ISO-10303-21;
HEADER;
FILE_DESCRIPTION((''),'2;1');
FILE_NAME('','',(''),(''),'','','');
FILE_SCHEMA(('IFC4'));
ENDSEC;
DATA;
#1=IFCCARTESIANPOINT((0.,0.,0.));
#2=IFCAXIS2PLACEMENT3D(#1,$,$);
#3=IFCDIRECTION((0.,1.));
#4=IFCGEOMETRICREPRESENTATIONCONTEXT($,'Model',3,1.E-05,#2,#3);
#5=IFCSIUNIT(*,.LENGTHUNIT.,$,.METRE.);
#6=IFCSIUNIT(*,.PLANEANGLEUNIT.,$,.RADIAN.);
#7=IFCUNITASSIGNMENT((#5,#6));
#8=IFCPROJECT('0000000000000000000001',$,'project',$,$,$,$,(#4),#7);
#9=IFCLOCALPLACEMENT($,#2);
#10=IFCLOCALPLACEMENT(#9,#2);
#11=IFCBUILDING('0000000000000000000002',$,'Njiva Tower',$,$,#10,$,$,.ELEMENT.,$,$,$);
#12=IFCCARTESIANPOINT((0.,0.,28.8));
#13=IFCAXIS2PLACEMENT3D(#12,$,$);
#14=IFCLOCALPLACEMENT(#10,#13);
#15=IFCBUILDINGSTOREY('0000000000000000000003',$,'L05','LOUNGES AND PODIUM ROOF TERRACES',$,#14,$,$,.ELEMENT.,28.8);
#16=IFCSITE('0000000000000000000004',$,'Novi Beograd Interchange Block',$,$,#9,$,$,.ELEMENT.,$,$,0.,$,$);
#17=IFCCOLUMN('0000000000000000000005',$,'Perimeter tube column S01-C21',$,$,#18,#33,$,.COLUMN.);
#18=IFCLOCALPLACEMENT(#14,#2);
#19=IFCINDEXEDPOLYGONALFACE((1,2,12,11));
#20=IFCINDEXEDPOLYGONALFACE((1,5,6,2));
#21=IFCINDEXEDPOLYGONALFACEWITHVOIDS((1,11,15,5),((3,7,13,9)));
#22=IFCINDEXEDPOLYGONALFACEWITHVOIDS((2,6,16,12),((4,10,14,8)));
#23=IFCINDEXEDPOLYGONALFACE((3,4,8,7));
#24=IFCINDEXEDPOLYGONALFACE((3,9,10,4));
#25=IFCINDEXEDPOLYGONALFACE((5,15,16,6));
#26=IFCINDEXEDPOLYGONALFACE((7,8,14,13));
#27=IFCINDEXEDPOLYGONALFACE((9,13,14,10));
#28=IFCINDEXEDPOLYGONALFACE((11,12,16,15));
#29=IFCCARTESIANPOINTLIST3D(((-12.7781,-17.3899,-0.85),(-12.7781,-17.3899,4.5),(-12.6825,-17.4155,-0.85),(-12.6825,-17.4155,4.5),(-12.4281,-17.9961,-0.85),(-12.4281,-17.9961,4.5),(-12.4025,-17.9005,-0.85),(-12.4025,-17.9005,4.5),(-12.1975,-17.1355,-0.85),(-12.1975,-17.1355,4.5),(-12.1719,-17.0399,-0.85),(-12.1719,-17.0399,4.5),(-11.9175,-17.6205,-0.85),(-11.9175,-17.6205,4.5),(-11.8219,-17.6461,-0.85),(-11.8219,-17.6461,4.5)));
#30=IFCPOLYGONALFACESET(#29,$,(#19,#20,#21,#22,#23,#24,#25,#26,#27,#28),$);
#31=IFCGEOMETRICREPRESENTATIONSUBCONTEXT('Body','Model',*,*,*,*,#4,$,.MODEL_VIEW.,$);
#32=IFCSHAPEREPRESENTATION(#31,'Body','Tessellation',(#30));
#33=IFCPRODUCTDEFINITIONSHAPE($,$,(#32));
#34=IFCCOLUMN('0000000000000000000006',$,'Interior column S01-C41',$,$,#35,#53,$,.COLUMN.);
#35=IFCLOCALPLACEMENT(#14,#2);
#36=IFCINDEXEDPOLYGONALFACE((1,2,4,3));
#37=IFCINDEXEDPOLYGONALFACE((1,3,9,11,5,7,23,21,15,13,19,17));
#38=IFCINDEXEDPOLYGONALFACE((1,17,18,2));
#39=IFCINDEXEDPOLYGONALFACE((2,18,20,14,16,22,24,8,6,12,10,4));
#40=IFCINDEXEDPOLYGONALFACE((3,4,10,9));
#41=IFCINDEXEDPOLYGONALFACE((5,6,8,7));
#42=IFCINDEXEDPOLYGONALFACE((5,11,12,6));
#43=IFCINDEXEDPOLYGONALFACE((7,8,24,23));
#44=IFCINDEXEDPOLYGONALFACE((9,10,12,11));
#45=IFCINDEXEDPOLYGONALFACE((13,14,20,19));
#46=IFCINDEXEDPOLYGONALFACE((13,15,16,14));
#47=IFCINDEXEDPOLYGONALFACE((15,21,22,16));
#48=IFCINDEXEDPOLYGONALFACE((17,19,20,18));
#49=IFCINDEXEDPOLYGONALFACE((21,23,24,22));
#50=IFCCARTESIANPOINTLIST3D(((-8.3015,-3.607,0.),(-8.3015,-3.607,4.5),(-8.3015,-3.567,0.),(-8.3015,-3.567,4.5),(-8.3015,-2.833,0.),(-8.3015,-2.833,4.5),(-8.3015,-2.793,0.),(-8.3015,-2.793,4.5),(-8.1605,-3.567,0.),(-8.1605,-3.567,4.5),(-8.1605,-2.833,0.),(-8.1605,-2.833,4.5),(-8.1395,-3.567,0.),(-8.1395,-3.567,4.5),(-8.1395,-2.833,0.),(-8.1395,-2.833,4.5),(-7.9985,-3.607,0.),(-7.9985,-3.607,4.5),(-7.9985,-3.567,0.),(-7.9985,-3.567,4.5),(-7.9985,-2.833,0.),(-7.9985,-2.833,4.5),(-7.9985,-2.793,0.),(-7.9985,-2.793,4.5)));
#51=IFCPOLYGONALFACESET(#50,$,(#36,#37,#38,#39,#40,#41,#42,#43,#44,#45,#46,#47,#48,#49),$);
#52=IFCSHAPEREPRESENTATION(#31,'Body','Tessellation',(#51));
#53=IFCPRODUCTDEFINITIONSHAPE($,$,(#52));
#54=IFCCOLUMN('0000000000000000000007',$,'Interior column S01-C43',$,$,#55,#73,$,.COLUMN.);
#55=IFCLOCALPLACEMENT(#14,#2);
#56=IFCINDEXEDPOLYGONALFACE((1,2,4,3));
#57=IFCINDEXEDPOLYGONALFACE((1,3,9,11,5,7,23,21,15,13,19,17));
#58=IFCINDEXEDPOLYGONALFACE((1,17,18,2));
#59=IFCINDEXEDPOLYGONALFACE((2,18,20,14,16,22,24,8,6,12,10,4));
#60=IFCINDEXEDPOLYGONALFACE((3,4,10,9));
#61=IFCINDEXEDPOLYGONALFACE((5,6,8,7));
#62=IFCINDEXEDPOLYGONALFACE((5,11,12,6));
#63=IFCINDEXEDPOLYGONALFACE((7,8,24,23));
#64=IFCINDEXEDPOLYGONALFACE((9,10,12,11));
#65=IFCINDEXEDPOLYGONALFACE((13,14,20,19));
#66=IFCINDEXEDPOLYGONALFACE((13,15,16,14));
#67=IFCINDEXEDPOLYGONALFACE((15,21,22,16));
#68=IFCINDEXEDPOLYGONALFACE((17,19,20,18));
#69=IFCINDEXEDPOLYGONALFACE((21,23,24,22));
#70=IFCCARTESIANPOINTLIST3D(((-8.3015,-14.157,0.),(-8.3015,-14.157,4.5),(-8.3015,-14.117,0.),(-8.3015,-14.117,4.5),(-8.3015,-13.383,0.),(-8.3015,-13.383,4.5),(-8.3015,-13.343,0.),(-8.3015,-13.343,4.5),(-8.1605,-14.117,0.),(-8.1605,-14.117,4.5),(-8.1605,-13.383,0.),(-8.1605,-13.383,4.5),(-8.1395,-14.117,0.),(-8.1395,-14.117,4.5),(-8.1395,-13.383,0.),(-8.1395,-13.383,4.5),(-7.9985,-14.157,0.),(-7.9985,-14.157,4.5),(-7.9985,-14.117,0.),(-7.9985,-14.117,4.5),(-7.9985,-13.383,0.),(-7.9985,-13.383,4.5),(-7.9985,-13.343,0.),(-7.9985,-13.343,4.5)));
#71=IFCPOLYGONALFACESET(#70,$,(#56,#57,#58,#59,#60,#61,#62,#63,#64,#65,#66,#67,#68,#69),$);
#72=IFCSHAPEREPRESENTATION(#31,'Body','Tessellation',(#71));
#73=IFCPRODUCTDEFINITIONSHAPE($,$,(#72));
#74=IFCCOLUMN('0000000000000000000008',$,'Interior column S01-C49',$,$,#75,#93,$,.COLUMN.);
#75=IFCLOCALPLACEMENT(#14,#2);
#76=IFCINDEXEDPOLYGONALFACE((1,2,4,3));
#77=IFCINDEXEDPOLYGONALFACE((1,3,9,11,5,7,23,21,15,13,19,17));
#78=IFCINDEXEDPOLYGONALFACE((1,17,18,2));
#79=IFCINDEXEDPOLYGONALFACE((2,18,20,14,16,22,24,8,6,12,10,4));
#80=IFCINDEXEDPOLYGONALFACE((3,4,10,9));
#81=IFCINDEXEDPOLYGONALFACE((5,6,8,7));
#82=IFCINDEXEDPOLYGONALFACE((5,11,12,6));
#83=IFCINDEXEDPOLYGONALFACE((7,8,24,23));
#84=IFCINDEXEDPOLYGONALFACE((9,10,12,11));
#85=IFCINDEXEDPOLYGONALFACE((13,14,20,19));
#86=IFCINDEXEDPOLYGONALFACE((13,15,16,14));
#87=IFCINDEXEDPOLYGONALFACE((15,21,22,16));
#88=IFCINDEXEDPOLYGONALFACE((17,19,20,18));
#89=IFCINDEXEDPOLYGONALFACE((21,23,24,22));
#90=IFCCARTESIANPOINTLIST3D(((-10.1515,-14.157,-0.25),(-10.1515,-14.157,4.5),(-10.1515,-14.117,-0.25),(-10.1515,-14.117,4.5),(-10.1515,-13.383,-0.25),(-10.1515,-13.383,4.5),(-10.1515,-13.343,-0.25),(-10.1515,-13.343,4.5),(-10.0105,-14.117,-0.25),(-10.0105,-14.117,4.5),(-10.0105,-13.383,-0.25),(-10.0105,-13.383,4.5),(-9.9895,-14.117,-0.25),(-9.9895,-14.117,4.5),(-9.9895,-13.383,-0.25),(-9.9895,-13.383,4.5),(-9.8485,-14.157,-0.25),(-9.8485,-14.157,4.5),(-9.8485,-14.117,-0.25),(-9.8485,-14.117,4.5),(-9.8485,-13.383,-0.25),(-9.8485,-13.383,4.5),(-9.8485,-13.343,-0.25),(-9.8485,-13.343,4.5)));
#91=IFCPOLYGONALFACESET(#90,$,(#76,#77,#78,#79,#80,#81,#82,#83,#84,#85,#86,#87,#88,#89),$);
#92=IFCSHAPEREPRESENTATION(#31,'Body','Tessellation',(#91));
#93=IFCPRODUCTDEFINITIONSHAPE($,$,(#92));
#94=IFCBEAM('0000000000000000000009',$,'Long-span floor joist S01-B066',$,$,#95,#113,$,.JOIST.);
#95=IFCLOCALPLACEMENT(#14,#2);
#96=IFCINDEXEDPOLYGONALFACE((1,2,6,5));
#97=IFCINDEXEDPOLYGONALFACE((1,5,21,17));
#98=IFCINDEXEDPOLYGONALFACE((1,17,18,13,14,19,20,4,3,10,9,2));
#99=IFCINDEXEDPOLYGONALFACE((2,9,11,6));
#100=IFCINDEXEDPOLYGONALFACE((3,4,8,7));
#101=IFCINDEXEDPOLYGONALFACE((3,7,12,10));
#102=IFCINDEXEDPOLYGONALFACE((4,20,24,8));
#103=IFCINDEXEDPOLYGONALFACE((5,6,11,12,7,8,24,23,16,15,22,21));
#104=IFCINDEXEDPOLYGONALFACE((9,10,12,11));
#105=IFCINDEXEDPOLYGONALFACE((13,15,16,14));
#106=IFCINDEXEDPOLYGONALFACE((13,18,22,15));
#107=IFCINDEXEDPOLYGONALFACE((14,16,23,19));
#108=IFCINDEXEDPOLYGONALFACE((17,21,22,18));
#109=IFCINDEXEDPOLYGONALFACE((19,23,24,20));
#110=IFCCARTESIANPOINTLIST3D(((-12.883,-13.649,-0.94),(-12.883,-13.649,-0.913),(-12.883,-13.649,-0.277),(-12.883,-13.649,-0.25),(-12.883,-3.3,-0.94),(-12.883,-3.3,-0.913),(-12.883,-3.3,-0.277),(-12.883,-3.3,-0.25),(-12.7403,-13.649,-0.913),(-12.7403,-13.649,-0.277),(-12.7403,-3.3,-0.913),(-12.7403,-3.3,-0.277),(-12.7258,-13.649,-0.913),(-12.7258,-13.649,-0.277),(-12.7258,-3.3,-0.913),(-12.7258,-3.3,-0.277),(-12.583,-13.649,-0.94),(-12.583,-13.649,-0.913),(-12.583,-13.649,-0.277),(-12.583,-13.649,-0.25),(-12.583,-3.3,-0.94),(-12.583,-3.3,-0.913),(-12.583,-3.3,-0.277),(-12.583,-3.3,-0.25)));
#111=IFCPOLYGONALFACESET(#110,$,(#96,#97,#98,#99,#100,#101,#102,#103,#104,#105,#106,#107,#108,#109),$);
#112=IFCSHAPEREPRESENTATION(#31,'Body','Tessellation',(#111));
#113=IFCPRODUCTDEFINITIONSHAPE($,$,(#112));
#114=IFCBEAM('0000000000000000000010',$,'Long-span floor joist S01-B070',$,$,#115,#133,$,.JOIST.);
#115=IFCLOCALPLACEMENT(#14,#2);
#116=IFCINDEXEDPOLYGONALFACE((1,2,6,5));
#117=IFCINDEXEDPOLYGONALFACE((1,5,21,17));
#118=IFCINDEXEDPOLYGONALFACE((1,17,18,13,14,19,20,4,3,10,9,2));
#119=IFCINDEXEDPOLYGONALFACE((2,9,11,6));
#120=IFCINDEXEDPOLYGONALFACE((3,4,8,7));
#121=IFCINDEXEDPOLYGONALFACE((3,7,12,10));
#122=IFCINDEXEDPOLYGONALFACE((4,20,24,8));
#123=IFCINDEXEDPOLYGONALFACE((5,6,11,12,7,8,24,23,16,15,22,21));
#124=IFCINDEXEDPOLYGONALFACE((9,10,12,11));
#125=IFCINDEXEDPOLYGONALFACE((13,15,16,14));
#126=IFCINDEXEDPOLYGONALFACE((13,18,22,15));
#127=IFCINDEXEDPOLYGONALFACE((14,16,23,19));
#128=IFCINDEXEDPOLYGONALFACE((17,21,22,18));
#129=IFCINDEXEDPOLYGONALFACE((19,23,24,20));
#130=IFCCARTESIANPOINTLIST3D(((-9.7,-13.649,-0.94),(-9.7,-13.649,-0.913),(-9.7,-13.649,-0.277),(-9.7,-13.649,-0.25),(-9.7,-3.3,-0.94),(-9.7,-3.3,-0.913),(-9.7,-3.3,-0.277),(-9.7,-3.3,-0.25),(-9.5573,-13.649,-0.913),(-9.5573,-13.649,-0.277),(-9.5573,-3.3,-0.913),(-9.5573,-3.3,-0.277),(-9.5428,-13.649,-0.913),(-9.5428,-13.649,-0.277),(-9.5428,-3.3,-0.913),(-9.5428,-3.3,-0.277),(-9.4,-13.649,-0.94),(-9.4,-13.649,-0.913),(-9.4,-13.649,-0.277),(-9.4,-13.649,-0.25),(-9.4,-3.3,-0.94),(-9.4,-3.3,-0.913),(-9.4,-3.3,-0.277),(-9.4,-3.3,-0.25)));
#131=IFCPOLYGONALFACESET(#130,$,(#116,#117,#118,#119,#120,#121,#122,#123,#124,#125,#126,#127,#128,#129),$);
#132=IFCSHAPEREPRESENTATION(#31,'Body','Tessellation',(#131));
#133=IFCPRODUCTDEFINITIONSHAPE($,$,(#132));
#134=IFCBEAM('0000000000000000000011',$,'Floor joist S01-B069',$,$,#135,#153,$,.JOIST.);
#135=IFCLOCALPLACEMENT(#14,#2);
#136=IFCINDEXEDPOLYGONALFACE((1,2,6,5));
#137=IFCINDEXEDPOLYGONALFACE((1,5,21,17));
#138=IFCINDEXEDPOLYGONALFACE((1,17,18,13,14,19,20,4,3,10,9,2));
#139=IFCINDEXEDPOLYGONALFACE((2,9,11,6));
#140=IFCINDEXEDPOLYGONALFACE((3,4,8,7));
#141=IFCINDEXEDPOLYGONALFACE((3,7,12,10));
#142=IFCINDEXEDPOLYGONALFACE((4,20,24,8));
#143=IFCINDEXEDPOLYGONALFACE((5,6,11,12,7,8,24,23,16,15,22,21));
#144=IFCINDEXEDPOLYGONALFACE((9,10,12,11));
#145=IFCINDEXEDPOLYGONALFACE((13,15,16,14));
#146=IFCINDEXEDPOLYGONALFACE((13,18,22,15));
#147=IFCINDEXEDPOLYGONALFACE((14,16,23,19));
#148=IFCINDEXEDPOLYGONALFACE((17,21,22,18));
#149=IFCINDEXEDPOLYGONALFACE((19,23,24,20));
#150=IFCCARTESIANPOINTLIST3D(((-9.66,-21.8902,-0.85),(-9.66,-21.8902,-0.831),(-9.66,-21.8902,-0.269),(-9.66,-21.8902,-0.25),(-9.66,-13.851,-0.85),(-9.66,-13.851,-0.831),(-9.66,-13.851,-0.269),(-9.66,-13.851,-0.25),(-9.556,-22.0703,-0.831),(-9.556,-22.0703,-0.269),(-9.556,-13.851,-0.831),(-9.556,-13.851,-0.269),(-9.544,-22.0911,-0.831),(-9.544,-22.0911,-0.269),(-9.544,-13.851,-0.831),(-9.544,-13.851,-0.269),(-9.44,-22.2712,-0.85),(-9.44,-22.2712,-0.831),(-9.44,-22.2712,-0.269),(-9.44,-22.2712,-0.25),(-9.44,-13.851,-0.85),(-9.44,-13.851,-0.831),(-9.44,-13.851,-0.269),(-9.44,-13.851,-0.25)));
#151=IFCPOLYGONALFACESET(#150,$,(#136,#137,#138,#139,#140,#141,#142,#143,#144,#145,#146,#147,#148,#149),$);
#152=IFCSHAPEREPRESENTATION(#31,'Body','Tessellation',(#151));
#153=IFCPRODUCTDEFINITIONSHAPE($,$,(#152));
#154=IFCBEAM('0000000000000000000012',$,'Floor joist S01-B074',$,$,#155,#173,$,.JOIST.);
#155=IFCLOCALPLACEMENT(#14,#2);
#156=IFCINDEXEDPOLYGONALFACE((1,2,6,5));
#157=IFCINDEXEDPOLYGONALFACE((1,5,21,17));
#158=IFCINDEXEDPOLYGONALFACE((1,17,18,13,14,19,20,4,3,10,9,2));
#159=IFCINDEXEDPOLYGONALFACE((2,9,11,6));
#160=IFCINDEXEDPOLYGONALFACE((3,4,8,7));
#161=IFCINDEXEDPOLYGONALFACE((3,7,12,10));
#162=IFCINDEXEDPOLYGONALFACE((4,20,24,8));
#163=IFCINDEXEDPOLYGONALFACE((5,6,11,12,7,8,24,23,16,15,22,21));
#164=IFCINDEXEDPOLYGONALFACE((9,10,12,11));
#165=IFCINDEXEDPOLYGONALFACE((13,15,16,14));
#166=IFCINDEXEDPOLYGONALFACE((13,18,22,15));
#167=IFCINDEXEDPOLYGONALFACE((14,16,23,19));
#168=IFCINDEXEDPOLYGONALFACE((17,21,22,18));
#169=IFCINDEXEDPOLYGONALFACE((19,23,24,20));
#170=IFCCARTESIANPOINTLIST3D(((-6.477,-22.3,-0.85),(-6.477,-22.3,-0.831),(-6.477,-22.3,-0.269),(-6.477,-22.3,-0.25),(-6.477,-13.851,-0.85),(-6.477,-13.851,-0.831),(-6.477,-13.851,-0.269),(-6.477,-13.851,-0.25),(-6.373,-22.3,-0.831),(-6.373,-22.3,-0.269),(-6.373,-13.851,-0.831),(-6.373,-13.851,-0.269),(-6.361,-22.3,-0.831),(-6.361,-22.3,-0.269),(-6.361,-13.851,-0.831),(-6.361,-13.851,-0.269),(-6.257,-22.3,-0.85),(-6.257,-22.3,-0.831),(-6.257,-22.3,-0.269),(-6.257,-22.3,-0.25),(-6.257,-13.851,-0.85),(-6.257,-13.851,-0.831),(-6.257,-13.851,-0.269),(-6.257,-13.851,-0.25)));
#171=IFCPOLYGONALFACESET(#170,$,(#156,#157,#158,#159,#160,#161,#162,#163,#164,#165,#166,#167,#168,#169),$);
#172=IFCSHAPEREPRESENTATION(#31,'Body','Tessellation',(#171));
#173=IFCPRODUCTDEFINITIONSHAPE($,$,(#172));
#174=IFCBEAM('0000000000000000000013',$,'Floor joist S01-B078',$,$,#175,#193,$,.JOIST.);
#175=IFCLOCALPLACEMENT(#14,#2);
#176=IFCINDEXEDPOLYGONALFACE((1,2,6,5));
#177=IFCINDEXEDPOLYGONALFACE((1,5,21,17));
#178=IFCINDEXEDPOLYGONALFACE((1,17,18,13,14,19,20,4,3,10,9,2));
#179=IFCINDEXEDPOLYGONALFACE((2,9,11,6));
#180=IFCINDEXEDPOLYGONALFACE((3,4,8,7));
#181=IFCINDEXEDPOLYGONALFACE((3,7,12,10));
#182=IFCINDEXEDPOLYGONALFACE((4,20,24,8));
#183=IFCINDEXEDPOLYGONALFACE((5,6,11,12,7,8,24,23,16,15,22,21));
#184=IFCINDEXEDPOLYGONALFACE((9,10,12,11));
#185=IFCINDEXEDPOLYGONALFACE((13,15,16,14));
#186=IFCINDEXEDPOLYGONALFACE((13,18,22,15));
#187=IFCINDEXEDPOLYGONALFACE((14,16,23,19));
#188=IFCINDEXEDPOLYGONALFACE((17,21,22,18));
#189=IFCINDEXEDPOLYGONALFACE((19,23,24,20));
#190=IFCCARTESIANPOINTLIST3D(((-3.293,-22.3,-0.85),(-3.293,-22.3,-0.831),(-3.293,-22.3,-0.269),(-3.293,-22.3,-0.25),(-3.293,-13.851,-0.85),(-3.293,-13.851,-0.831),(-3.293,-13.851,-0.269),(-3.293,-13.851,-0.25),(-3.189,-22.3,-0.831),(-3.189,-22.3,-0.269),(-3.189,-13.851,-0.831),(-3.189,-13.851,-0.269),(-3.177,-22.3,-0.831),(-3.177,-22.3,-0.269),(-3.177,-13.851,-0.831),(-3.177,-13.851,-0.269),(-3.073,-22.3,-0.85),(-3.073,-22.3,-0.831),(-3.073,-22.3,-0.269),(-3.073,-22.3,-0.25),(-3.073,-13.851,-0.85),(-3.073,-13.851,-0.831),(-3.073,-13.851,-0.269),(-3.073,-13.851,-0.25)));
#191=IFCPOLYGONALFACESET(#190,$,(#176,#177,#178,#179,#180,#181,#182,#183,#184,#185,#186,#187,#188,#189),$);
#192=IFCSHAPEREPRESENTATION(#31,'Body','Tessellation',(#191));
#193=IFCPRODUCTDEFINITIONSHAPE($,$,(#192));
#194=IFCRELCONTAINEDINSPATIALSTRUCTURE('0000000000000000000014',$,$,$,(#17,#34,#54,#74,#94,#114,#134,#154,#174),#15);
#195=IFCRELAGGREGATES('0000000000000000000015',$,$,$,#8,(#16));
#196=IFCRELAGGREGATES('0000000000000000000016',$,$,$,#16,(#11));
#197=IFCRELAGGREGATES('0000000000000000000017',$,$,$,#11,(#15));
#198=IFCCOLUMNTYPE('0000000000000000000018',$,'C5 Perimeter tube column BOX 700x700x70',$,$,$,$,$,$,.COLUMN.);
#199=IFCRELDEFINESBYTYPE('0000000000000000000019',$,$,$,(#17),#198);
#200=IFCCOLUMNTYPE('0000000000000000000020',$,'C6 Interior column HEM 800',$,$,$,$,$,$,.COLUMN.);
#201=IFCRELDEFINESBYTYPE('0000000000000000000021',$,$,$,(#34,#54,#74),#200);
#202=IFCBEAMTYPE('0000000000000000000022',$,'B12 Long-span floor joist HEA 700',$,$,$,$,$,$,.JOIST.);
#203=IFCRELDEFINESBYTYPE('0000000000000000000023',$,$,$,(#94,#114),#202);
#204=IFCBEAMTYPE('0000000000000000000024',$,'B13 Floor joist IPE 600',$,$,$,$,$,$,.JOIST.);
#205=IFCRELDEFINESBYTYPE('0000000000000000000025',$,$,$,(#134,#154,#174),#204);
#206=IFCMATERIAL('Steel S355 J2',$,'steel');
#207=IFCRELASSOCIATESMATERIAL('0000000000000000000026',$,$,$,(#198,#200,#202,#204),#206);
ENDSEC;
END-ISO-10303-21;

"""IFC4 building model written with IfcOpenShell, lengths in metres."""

from ifc_helpers import new_model, si_unit, direction, frame, origin, origin_2d, place, context, subcontext, project, spatial, hollow_rectangle, i_section, extrude, clip, halfspace, material, material_profile, profile_set, type_object, element, save


model = new_model("IFC4")

# Units and contexts
model_context = context("Model", 3, precision=1e-05, world=origin(), true_north=direction((0.0, 1.0)))
body_context = subcontext(model_context, "Body", "Model", "MODEL_VIEW")
ifc_project = project(units=[si_unit("LENGTHUNIT", "METRE"), si_unit("PLANEANGLEUNIT", "RADIAN")], contexts=[model_context])

# Site, building, storey
site_placement = place(None, origin())
site = spatial("IfcSite", under=ifc_project, at=site_placement, Name="Novi Beograd Interchange Block", CompositionType="ELEMENT", RefElevation=0.0)
building_placement = place(site_placement, origin())
building = spatial("IfcBuilding", under=site, at=building_placement, Name="Njiva Tower", CompositionType="ELEMENT")
storey_placement = place(building_placement, frame((0.0, 0.0, 28.8)))
storey = spatial("IfcBuildingStorey", under=building, at=storey_placement, Name="L05", Description="LOUNGES AND PODIUM ROOF TERRACES", CompositionType="ELEMENT", Elevation=28.8)

# Columns
ifc_material_1 = material(Name="Steel S355 J2", Category="steel")
ifc_material_profile_1 = material_profile(ifc_material_1, hollow_rectangle(XDim=0.7, YDim=0.7, WallThickness=0.07, at=origin_2d()), Name="BOX 700x700x70")
ifc_profile_set_1 = profile_set([ifc_material_profile_1], Name="Steel S355 J2")
column_type_1 = type_object("IfcColumnType", Name="C5 Perimeter tube column BOX 700x700x70", PredefinedType="COLUMN", material=ifc_profile_set_1)
column_1_placement = place(storey_placement, frame((-12.3, -17.518, -0.85), z_axis=(0.0, 0.0, 1.0), x_axis=(0.5, -0.866025, 0.0)))
element("IfcColumn", 1, at=column_1_placement, inside=storey, type_object=column_type_1, Name="Perimeter tube column S01-C21", PredefinedType="COLUMN", context=body_context, shape_type="SweptSolid", body=[
    extrude(hollow_rectangle(XDim=0.7, YDim=0.7, WallThickness=0.07, at=origin_2d()), origin(), (0.0, 0.0, 1.0), 5.35),
])
ifc_material_profile_2 = material_profile(ifc_material_1, i_section(OverallWidth=0.303, OverallDepth=0.814, WebThickness=0.021, FlangeThickness=0.04, at=origin_2d()), Name="HEM 800")
ifc_profile_set_2 = profile_set([ifc_material_profile_2], Name="Steel S355 J2")
column_type_2 = type_object("IfcColumnType", Name="C6 Interior column HEM 800", PredefinedType="COLUMN", material=ifc_profile_set_2)
for number, where, z_axis, x_axis, name in (
    (2, (-8.15, -3.2, 0.0), (0.0, 0.0, 1.0), (1.0, 0.0, 0.0), "Interior column S01-C41"),
    (3, (-8.15, -13.75, 0.0), (0.0, 0.0, 1.0), (1.0, 0.0, 0.0), "Interior column S01-C43"),
):
    element("IfcColumn", number, at=place(storey_placement, frame(where, z_axis=z_axis, x_axis=x_axis)), inside=storey, type_object=column_type_2, Name=name, PredefinedType="COLUMN", context=body_context, shape_type="SweptSolid", body=[
        extrude(i_section(OverallWidth=0.303, OverallDepth=0.814, WebThickness=0.021, FlangeThickness=0.04, at=origin_2d()), origin(), (0.0, 0.0, 1.0), 4.5),
    ])
column_2_placement = place(storey_placement, frame((-10.0, -13.75, -0.25), z_axis=(0.0, 0.0, 1.0), x_axis=(1.0, 0.0, 0.0)))
element("IfcColumn", 4, at=column_2_placement, inside=storey, type_object=column_type_2, Name="Interior column S01-C49", PredefinedType="COLUMN", context=body_context, shape_type="SweptSolid", body=[
    extrude(i_section(OverallWidth=0.303, OverallDepth=0.814, WebThickness=0.021, FlangeThickness=0.04, at=origin_2d()), origin(), (0.0, 0.0, 1.0), 4.75),
])

# Beams
ifc_material_profile_3 = material_profile(ifc_material_1, i_section(OverallWidth=0.3, OverallDepth=0.69, WebThickness=0.0145, FlangeThickness=0.027, at=origin_2d()), Name="HEA 700")
ifc_profile_set_3 = profile_set([ifc_material_profile_3], Name="Steel S355 J2")
beam_type_1 = type_object("IfcBeamType", Name="B12 Long-span floor joist HEA 700", PredefinedType="JOIST", material=ifc_profile_set_3)
for number, where, z_axis, x_axis, name in (
    (5, (-12.733, -3.3, -0.595), (0.0, -1.0, 0.0), (1.0, 0.0, 0.0), "Long-span floor joist S01-B066"),
    (6, (-9.55, -3.3, -0.595), (0.0, -1.0, 0.0), (1.0, 0.0, 0.0), "Long-span floor joist S01-B070"),
):
    element("IfcBeam", number, at=place(storey_placement, frame(where, z_axis=z_axis, x_axis=x_axis)), inside=storey, type_object=beam_type_1, Name=name, PredefinedType="JOIST", context=body_context, shape_type="SweptSolid", body=[
        extrude(i_section(OverallWidth=0.3, OverallDepth=0.69, WebThickness=0.0145, FlangeThickness=0.027, at=origin_2d()), origin(), (0.0, 0.0, 1.0), 10.349),
    ])
ifc_material_profile_4 = material_profile(ifc_material_1, i_section(OverallWidth=0.22, OverallDepth=0.6, WebThickness=0.012, FlangeThickness=0.019, at=origin_2d()), Name="IPE 600")
ifc_profile_set_4 = profile_set([ifc_material_profile_4], Name="Steel S355 J2")
beam_type_2 = type_object("IfcBeamType", Name="B13 Floor joist IPE 600", PredefinedType="JOIST", material=ifc_profile_set_4)
beam_1_placement = place(storey_placement, frame((-9.55, -13.851, -0.55), z_axis=(0.0, -1.0, 0.0), x_axis=(1.0, 0.0, 0.0)))
element("IfcBeam", 7, at=beam_1_placement, inside=storey, type_object=beam_type_2, Name="Floor joist S01-B069", PredefinedType="JOIST", context=body_context, shape_type="Clipping", body=[
    clip(extrude(i_section(OverallWidth=0.22, OverallDepth=0.6, WebThickness=0.012, FlangeThickness=0.019, at=origin_2d()), origin(), (0.0, 0.0, 1.0), 8.441), halfspace(frame((-0.0433, 0.0, 8.1547), z_axis=(-0.866027, 0.0, 0.499998), x_axis=(0.0, 1.0, 0.0)), False)),
])
for number, where, z_axis, x_axis, name in (
    (8, (-6.367, -13.851, -0.55), (0.0, -1.0, 0.0), (1.0, 0.0, 0.0), "Floor joist S01-B074"),
    (9, (-3.183, -13.851, -0.55), (0.0, -1.0, 0.0), (1.0, 0.0, 0.0), "Floor joist S01-B078"),
):
    element("IfcBeam", number, at=place(storey_placement, frame(where, z_axis=z_axis, x_axis=x_axis)), inside=storey, type_object=beam_type_2, Name=name, PredefinedType="JOIST", context=body_context, shape_type="SweptSolid", body=[
        extrude(i_section(OverallWidth=0.22, OverallDepth=0.6, WebThickness=0.012, FlangeThickness=0.019, at=origin_2d()), origin(), (0.0, 0.0, 1.0), 8.449),
    ])

save(model, "model.ifc")
